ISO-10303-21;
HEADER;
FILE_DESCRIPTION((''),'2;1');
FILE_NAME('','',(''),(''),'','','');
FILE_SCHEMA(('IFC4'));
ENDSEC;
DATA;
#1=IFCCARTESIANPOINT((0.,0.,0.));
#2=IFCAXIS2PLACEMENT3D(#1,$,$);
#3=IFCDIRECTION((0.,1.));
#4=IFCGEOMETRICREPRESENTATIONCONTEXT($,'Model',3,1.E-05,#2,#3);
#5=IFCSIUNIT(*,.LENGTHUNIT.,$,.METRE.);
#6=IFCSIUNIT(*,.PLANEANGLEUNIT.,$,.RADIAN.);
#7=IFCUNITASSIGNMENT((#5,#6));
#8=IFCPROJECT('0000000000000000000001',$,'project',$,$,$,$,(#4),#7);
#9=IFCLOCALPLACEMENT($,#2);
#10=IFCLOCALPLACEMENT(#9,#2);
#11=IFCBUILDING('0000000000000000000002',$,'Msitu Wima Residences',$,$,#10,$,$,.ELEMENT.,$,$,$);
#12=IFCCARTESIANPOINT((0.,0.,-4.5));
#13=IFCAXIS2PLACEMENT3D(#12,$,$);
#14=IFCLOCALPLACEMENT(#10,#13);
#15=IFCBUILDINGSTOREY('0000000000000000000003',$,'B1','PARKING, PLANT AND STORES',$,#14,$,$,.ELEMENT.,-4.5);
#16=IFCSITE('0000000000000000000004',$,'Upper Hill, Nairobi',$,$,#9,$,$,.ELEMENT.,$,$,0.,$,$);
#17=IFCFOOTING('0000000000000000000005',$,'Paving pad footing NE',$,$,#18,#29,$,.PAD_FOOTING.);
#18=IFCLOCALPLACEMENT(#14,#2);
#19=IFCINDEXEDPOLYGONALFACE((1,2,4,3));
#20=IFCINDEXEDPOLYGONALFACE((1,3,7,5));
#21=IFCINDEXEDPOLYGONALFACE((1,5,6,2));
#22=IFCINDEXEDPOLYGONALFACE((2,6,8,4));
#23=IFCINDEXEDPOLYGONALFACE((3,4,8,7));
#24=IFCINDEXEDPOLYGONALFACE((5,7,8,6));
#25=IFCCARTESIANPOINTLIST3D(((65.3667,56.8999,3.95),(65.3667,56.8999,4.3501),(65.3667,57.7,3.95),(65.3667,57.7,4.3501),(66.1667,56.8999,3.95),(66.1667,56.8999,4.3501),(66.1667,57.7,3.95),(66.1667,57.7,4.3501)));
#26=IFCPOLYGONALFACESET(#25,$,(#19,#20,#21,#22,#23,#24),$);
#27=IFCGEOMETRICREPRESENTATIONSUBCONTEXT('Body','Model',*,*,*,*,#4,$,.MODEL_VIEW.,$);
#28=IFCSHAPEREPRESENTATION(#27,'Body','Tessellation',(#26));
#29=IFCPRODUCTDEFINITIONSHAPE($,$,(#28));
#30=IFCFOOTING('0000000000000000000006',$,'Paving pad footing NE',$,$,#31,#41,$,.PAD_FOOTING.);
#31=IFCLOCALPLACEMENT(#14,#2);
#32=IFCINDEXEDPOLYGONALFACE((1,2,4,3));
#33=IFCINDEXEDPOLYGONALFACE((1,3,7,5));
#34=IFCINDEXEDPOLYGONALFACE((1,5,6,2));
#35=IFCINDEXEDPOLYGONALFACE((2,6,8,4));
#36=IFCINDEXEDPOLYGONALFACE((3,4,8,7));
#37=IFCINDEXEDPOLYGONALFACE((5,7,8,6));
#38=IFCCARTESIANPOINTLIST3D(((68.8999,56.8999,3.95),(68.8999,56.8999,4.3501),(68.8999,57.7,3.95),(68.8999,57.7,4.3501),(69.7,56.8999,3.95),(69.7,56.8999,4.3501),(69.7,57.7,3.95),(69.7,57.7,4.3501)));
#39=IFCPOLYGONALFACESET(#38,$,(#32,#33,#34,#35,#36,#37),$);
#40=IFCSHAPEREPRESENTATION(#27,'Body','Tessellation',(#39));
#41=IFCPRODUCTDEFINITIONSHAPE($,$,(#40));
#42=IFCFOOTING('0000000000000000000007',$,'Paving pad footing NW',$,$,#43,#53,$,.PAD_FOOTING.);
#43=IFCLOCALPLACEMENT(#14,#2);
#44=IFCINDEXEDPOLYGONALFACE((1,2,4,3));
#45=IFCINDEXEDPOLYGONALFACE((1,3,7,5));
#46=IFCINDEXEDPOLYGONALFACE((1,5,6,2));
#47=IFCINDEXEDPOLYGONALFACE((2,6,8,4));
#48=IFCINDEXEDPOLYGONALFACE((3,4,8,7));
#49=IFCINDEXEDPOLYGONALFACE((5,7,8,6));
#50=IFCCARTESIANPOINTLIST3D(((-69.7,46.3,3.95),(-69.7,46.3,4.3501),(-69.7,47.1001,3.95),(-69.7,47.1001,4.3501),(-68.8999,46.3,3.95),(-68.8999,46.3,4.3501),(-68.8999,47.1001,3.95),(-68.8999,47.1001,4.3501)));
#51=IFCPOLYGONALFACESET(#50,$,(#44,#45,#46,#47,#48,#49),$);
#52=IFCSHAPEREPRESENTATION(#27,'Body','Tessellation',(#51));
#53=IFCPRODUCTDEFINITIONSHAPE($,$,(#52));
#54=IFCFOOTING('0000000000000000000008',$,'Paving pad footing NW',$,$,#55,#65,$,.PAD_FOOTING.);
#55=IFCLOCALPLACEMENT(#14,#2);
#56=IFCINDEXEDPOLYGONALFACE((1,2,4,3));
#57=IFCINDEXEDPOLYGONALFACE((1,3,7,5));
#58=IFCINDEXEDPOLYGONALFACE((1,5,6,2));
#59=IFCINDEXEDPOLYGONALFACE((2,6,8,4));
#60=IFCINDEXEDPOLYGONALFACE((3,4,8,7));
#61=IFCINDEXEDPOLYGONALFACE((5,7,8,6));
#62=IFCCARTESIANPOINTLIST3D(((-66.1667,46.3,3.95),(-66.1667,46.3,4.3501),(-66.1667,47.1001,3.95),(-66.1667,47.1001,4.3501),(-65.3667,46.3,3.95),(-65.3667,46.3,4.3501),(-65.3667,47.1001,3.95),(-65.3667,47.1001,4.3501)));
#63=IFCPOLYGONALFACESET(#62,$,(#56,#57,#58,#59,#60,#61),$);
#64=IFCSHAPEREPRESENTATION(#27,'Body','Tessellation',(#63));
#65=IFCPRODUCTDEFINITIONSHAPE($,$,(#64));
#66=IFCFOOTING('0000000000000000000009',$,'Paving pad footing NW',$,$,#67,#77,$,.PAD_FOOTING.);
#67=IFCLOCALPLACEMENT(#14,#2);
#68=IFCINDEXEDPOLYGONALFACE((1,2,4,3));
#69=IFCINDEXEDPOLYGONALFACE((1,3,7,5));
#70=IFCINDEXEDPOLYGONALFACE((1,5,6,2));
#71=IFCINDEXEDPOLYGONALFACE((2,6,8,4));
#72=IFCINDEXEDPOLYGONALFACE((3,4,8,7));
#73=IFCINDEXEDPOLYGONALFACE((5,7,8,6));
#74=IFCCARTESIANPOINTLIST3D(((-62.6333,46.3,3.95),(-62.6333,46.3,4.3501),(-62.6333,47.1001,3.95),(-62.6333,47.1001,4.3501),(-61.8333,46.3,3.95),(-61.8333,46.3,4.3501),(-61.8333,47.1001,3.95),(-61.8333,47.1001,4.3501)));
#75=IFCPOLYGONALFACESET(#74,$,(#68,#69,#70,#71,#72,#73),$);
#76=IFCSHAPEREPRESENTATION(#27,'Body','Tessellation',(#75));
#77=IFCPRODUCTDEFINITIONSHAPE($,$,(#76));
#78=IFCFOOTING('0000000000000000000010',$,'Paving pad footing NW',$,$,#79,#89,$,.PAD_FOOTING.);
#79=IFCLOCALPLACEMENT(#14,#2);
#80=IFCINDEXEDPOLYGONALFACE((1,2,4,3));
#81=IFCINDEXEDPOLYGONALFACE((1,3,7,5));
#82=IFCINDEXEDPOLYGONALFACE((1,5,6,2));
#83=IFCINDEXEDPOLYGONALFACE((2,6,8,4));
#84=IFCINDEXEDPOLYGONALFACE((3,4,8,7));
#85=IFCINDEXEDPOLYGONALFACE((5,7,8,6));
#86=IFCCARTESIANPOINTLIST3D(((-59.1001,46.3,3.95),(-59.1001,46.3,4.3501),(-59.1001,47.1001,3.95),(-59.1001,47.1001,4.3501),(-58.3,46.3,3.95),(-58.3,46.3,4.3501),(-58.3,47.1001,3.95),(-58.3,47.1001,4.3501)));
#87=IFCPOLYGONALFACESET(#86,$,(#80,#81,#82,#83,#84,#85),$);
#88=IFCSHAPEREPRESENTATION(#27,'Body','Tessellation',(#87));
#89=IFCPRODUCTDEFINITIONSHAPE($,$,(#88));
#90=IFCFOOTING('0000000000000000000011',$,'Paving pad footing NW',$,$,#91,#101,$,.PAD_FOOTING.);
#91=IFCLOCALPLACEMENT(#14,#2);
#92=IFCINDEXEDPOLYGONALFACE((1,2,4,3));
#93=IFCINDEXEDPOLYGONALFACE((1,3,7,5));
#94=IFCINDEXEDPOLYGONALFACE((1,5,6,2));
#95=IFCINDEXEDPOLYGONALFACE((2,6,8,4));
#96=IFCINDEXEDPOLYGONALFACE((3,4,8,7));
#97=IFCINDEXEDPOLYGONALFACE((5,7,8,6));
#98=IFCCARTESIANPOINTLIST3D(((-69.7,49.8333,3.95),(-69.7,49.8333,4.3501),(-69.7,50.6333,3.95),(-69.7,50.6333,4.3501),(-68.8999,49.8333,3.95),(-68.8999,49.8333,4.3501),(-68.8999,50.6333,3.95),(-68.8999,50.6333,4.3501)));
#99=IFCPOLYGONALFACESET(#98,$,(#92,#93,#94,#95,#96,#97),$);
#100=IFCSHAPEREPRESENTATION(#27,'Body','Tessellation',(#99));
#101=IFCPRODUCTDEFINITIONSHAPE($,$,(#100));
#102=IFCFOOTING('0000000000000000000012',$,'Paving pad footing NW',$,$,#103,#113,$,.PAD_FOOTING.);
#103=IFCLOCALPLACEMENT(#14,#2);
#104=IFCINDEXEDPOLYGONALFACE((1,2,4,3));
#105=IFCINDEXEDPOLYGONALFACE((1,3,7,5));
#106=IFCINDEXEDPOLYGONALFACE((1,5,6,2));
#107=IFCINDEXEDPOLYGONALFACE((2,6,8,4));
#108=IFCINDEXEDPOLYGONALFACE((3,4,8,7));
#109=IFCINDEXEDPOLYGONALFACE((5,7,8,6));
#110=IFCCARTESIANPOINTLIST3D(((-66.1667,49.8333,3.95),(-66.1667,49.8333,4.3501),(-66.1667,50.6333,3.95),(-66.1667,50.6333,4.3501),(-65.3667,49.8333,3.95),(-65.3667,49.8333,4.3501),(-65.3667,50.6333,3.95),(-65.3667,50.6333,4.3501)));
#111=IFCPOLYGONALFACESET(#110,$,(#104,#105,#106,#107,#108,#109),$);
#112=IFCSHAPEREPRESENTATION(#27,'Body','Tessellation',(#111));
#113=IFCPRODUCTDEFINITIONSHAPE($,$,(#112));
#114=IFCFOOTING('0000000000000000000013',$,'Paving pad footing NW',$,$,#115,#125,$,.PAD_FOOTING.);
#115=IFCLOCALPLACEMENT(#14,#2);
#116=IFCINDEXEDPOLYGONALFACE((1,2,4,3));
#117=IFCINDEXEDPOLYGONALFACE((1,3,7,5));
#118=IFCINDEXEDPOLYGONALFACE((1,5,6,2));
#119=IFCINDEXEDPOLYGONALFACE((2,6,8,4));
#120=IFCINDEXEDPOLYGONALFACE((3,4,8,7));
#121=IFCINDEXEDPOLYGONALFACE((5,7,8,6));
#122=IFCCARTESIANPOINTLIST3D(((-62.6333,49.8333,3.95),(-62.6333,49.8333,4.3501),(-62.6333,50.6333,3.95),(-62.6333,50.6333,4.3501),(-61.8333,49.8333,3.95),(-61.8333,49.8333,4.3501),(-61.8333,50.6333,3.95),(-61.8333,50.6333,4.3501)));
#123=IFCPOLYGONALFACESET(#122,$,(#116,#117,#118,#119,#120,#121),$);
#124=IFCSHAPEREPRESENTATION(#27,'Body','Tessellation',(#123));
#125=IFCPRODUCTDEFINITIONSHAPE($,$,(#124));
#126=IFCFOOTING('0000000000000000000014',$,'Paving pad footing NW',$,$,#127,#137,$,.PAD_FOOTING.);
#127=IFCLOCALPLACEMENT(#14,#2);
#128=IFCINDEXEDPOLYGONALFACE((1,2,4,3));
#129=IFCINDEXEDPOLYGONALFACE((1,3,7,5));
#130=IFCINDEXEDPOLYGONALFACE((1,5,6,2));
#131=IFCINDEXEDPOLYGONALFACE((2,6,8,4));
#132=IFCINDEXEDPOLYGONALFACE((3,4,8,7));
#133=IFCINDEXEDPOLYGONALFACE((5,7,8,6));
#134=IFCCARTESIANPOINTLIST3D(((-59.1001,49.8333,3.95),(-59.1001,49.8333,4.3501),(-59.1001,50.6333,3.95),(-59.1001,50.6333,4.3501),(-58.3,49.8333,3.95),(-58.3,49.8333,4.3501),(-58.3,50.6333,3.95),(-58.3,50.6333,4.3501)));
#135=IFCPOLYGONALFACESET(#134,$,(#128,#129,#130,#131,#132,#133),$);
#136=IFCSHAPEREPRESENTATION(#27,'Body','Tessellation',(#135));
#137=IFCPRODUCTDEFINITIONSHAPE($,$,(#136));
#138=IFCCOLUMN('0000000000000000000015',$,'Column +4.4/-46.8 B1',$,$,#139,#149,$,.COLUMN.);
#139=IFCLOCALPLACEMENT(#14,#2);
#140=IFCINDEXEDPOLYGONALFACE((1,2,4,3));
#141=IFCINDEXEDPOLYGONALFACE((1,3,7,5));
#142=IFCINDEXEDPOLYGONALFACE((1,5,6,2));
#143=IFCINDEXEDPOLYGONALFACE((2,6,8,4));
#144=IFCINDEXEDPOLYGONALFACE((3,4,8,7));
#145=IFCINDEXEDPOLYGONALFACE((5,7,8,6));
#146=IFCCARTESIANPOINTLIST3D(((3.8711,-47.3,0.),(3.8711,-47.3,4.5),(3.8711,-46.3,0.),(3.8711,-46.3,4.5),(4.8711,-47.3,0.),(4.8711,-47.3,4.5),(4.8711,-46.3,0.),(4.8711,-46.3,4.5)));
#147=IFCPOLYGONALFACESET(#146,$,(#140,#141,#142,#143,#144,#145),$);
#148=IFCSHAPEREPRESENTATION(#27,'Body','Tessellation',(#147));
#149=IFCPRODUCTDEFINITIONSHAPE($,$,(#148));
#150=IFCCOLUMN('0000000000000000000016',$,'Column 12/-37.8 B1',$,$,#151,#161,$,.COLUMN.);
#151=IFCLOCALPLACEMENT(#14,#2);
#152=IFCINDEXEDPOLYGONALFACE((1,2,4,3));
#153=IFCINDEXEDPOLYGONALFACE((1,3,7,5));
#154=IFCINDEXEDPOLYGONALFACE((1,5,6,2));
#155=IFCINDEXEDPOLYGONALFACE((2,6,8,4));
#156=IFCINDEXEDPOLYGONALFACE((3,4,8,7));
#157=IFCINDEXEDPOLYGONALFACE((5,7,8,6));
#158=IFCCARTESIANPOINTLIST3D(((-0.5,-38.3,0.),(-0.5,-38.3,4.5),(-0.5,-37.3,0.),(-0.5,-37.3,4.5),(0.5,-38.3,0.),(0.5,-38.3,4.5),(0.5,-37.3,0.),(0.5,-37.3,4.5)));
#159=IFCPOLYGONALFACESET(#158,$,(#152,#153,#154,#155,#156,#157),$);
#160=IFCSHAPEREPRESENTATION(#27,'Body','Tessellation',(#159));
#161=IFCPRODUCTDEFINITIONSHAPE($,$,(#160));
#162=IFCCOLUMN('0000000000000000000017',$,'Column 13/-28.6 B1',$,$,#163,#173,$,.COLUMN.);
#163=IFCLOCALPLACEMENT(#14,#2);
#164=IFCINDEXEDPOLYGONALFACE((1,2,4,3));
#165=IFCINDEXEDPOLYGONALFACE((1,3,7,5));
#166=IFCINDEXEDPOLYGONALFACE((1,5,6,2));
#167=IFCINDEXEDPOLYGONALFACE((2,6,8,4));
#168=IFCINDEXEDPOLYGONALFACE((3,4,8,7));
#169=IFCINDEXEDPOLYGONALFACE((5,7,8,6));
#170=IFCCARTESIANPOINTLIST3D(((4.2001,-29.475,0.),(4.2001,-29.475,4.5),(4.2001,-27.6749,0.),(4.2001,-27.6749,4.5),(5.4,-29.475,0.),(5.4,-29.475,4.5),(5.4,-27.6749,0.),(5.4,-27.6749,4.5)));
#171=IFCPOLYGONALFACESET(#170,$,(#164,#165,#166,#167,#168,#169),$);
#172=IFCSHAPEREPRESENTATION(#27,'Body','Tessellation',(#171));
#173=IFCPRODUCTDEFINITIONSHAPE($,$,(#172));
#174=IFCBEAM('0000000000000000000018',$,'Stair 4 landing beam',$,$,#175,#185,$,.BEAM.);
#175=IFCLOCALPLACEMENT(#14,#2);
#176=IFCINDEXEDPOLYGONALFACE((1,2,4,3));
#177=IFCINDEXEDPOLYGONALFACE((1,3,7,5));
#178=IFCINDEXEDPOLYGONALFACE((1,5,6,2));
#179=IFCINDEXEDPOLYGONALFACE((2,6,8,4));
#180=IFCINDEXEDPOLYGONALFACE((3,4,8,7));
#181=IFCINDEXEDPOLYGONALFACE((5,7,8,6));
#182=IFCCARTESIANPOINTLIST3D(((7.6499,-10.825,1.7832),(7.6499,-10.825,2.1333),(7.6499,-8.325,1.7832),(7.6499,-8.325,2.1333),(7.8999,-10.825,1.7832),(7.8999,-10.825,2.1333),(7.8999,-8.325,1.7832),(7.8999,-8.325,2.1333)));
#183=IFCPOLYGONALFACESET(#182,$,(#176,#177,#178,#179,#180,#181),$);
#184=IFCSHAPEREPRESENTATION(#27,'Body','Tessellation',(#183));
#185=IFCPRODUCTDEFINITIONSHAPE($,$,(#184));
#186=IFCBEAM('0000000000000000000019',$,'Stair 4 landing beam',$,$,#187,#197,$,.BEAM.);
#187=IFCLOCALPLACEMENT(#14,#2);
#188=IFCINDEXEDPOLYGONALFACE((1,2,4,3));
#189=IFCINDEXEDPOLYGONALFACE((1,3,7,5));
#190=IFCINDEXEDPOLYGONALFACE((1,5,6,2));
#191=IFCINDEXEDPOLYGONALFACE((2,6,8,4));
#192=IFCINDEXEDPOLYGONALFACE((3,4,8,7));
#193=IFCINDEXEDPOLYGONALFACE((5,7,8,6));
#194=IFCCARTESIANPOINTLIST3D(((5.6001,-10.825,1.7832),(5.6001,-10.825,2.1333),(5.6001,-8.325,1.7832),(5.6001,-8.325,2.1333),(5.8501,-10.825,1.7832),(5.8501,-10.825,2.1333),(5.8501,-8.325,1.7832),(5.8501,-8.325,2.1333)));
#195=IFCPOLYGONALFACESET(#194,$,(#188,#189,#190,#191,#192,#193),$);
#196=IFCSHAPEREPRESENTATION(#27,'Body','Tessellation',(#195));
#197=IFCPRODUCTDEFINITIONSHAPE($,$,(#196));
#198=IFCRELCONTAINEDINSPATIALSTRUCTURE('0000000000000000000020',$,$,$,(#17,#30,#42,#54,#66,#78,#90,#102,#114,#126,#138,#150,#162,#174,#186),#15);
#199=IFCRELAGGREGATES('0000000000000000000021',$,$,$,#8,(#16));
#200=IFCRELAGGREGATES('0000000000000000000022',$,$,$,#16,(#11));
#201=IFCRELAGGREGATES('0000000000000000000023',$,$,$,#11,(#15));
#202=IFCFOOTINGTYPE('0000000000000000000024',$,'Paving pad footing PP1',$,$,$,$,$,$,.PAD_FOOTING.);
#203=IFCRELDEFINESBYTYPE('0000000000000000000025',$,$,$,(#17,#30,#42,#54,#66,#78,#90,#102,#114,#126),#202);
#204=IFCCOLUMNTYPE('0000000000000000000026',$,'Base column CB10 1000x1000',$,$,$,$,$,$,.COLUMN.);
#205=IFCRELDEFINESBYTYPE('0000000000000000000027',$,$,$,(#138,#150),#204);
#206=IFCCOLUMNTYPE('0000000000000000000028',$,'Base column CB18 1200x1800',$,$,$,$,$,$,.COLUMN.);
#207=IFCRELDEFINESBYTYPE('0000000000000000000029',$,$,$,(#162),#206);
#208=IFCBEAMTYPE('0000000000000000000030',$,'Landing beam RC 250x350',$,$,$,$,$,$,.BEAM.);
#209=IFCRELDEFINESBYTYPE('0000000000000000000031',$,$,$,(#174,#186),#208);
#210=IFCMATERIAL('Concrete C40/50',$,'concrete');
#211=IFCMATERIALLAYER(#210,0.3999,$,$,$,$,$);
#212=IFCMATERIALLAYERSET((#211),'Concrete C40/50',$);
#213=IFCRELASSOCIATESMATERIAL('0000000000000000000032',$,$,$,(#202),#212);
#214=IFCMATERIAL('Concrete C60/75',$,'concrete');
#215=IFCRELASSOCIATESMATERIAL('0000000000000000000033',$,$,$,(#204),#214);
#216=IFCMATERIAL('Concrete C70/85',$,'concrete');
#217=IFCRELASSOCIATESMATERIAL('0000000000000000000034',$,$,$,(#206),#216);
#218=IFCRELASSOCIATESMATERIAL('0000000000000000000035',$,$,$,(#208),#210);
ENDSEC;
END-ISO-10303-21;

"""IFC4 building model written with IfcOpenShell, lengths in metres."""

from ifc_helpers import new_model, si_unit, direction, frame, origin, origin_2d, place, context, subcontext, project, spatial, polyline, rectangle, outline, extrude, material, layer, layer_set, material_profile, profile_set, type_object, element, save


model = new_model("IFC4")

# Units and contexts
model_context = context("Model", 3, precision=1e-05, world=origin(), true_north=direction((0.0, 1.0)))
body_context = subcontext(model_context, "Body", "Model", "MODEL_VIEW")
ifc_project = project(units=[si_unit("LENGTHUNIT", "METRE"), si_unit("PLANEANGLEUNIT", "RADIAN")], contexts=[model_context])

# Site, building, storey
site_placement = place(None, origin())
site = spatial("IfcSite", under=ifc_project, at=site_placement, Name="Upper Hill, Nairobi", CompositionType="ELEMENT", RefElevation=0.0)
building_placement = place(site_placement, origin())
building = spatial("IfcBuilding", under=site, at=building_placement, Name="Msitu Wima Residences", CompositionType="ELEMENT")
storey_placement = place(building_placement, frame((0.0, 0.0, -4.5)))
storey = spatial("IfcBuildingStorey", under=building, at=storey_placement, Name="B1", Description="PARKING, PLANT AND STORES", CompositionType="ELEMENT", Elevation=-4.5)

# Footings
ifc_material_1 = material(Name="Concrete C40/50", Category="concrete")
ifc_layer_1 = layer(ifc_material_1, 0.3999)
ifc_layer_set_1 = layer_set([ifc_layer_1], Name="Concrete C40/50")
footing_type = type_object("IfcFootingType", Name="Paving pad footing PP1", PredefinedType="PAD_FOOTING", material=ifc_layer_set_1)
footing_1_placement = place(storey_placement, frame((0.0, 0.0, 3.95)))
element("IfcFooting", 1, at=footing_1_placement, inside=storey, type_object=footing_type, Name="Paving pad footing NE", PredefinedType="PAD_FOOTING", context=body_context, shape_type="SweptSolid", body=[
    extrude(outline(polyline([(66.1667, 56.8999), (66.1667, 57.7), (65.3667, 57.7), (65.3667, 56.8999), (66.1667, 56.8999)])), origin(), (0.0, 0.0, 1.0), 0.4001),
])
footing_2_placement = place(storey_placement, frame((0.0, 0.0, 3.95)))
element("IfcFooting", 2, at=footing_2_placement, inside=storey, type_object=footing_type, Name="Paving pad footing NE", PredefinedType="PAD_FOOTING", context=body_context, shape_type="SweptSolid", body=[
    extrude(outline(polyline([(69.7, 56.8999), (69.7, 57.7), (68.8999, 57.7), (68.8999, 56.8999), (69.7, 56.8999)])), origin(), (0.0, 0.0, 1.0), 0.4001),
])
footing_3_placement = place(storey_placement, frame((0.0, 0.0, 3.95)))
element("IfcFooting", 3, at=footing_3_placement, inside=storey, type_object=footing_type, Name="Paving pad footing NW", PredefinedType="PAD_FOOTING", context=body_context, shape_type="SweptSolid", body=[
    extrude(outline(polyline([(-68.8999, 46.3), (-68.8999, 47.1001), (-69.7, 47.1001), (-69.7, 46.3), (-68.8999, 46.3)])), origin(), (0.0, 0.0, 1.0), 0.4001),
])
footing_4_placement = place(storey_placement, frame((0.0, 0.0, 3.95)))
element("IfcFooting", 4, at=footing_4_placement, inside=storey, type_object=footing_type, Name="Paving pad footing NW", PredefinedType="PAD_FOOTING", context=body_context, shape_type="SweptSolid", body=[
    extrude(outline(polyline([(-65.3667, 46.3), (-65.3667, 47.1001), (-66.1667, 47.1001), (-66.1667, 46.3), (-65.3667, 46.3)])), origin(), (0.0, 0.0, 1.0), 0.4001),
])
footing_5_placement = place(storey_placement, frame((0.0, 0.0, 3.95)))
element("IfcFooting", 5, at=footing_5_placement, inside=storey, type_object=footing_type, Name="Paving pad footing NW", PredefinedType="PAD_FOOTING", context=body_context, shape_type="SweptSolid", body=[
    extrude(outline(polyline([(-61.8333, 46.3), (-61.8333, 47.1001), (-62.6333, 47.1001), (-62.6333, 46.3), (-61.8333, 46.3)])), origin(), (0.0, 0.0, 1.0), 0.4001),
])
footing_6_placement = place(storey_placement, frame((0.0, 0.0, 3.95)))
element("IfcFooting", 6, at=footing_6_placement, inside=storey, type_object=footing_type, Name="Paving pad footing NW", PredefinedType="PAD_FOOTING", context=body_context, shape_type="SweptSolid", body=[
    extrude(outline(polyline([(-58.3, 46.3), (-58.3, 47.1001), (-59.1001, 47.1001), (-59.1001, 46.3), (-58.3, 46.3)])), origin(), (0.0, 0.0, 1.0), 0.4001),
])
footing_7_placement = place(storey_placement, frame((0.0, 0.0, 3.95)))
element("IfcFooting", 7, at=footing_7_placement, inside=storey, type_object=footing_type, Name="Paving pad footing NW", PredefinedType="PAD_FOOTING", context=body_context, shape_type="SweptSolid", body=[
    extrude(outline(polyline([(-68.8999, 49.8333), (-68.8999, 50.6333), (-69.7, 50.6333), (-69.7, 49.8333), (-68.8999, 49.8333)])), origin(), (0.0, 0.0, 1.0), 0.4001),
])
footing_8_placement = place(storey_placement, frame((0.0, 0.0, 3.95)))
element("IfcFooting", 8, at=footing_8_placement, inside=storey, type_object=footing_type, Name="Paving pad footing NW", PredefinedType="PAD_FOOTING", context=body_context, shape_type="SweptSolid", body=[
    extrude(outline(polyline([(-65.3667, 49.8333), (-65.3667, 50.6333), (-66.1667, 50.6333), (-66.1667, 49.8333), (-65.3667, 49.8333)])), origin(), (0.0, 0.0, 1.0), 0.4001),
])
footing_9_placement = place(storey_placement, frame((0.0, 0.0, 3.95)))
element("IfcFooting", 9, at=footing_9_placement, inside=storey, type_object=footing_type, Name="Paving pad footing NW", PredefinedType="PAD_FOOTING", context=body_context, shape_type="SweptSolid", body=[
    extrude(outline(polyline([(-61.8333, 49.8333), (-61.8333, 50.6333), (-62.6333, 50.6333), (-62.6333, 49.8333), (-61.8333, 49.8333)])), origin(), (0.0, 0.0, 1.0), 0.4001),
])
footing_10_placement = place(storey_placement, frame((0.0, 0.0, 3.95)))
element("IfcFooting", 10, at=footing_10_placement, inside=storey, type_object=footing_type, Name="Paving pad footing NW", PredefinedType="PAD_FOOTING", context=body_context, shape_type="SweptSolid", body=[
    extrude(outline(polyline([(-58.3, 49.8333), (-58.3, 50.6333), (-59.1001, 50.6333), (-59.1001, 49.8333), (-58.3, 49.8333)])), origin(), (0.0, 0.0, 1.0), 0.4001),
])

# Columns
ifc_material_2 = material(Name="Concrete C60/75", Category="concrete")
ifc_material_profile_1 = material_profile(ifc_material_2, rectangle(XDim=1.0, YDim=1.0, at=origin_2d()), Name="RC 1000x1000")
ifc_profile_set_1 = profile_set([ifc_material_profile_1], Name="Concrete C60/75")
column_type_1 = type_object("IfcColumnType", Name="Base column CB10 1000x1000", PredefinedType="COLUMN", material=ifc_profile_set_1)
for number, where, z_axis, x_axis, name in (
    (11, (4.3711, -46.8, 0.0), (0.0, 0.0, 1.0), (1.0, 0.0, 0.0), "Column +4.4/-46.8 B1"),
    (12, (0.0, -37.8, 0.0), (0.0, 0.0, 1.0), (1.0, 0.0, 0.0), "Column 12/-37.8 B1"),
):
    element("IfcColumn", number, at=place(storey_placement, frame(where, z_axis=z_axis, x_axis=x_axis)), inside=storey, type_object=column_type_1, Name=name, PredefinedType="COLUMN", context=body_context, shape_type="SweptSolid", body=[
        extrude(rectangle(XDim=1.0, YDim=1.0, at=origin_2d()), origin(), (0.0, 0.0, 1.0), 4.5),
    ])
ifc_material_3 = material(Name="Concrete C70/85", Category="concrete")
ifc_material_profile_2 = material_profile(ifc_material_3, rectangle(XDim=1.2, YDim=1.8, at=origin_2d()), Name="RC 1200x1800")
ifc_profile_set_2 = profile_set([ifc_material_profile_2], Name="Concrete C70/85")
column_type_2 = type_object("IfcColumnType", Name="Base column CB18 1200x1800", PredefinedType="COLUMN", material=ifc_profile_set_2)
column_placement = place(storey_placement, frame((4.8, -28.575, 0.0), z_axis=(0.0, 0.0, 1.0), x_axis=(1.0, 0.0, 0.0)))
element("IfcColumn", 13, at=column_placement, inside=storey, type_object=column_type_2, Name="Column 13/-28.6 B1", PredefinedType="COLUMN", context=body_context, shape_type="SweptSolid", body=[
    extrude(rectangle(XDim=1.2, YDim=1.8, at=origin_2d()), origin(), (0.0, 0.0, 1.0), 4.5),
])

# Beams
ifc_material_profile_3 = material_profile(ifc_material_1, rectangle(XDim=0.25, YDim=0.3501, at=origin_2d()), Name="RC 250x350")
ifc_profile_set_3 = profile_set([ifc_material_profile_3], Name="Concrete C40/50")
beam_type = type_object("IfcBeamType", Name="Landing beam RC 250x350", PredefinedType="BEAM", material=ifc_profile_set_3)
for number, where, z_axis, x_axis, name in (
    (14, (7.7749, -10.825, 1.9583), (0.0, 1.0, 0.0), (-1.0, 0.0, 0.0), "Stair 4 landing beam"),
    (15, (5.7251, -10.825, 1.9583), (0.0, 1.0, 0.0), (-1.0, 0.0, 0.0), "Stair 4 landing beam"),
):
    element("IfcBeam", number, at=place(storey_placement, frame(where, z_axis=z_axis, x_axis=x_axis)), inside=storey, type_object=beam_type, Name=name, PredefinedType="BEAM", context=body_context, shape_type="SweptSolid", body=[
        extrude(rectangle(XDim=0.25, YDim=0.3501, at=origin_2d()), origin(), (0.0, 0.0, 1.0), 2.5),
    ])

save(model, "model.ifc")
